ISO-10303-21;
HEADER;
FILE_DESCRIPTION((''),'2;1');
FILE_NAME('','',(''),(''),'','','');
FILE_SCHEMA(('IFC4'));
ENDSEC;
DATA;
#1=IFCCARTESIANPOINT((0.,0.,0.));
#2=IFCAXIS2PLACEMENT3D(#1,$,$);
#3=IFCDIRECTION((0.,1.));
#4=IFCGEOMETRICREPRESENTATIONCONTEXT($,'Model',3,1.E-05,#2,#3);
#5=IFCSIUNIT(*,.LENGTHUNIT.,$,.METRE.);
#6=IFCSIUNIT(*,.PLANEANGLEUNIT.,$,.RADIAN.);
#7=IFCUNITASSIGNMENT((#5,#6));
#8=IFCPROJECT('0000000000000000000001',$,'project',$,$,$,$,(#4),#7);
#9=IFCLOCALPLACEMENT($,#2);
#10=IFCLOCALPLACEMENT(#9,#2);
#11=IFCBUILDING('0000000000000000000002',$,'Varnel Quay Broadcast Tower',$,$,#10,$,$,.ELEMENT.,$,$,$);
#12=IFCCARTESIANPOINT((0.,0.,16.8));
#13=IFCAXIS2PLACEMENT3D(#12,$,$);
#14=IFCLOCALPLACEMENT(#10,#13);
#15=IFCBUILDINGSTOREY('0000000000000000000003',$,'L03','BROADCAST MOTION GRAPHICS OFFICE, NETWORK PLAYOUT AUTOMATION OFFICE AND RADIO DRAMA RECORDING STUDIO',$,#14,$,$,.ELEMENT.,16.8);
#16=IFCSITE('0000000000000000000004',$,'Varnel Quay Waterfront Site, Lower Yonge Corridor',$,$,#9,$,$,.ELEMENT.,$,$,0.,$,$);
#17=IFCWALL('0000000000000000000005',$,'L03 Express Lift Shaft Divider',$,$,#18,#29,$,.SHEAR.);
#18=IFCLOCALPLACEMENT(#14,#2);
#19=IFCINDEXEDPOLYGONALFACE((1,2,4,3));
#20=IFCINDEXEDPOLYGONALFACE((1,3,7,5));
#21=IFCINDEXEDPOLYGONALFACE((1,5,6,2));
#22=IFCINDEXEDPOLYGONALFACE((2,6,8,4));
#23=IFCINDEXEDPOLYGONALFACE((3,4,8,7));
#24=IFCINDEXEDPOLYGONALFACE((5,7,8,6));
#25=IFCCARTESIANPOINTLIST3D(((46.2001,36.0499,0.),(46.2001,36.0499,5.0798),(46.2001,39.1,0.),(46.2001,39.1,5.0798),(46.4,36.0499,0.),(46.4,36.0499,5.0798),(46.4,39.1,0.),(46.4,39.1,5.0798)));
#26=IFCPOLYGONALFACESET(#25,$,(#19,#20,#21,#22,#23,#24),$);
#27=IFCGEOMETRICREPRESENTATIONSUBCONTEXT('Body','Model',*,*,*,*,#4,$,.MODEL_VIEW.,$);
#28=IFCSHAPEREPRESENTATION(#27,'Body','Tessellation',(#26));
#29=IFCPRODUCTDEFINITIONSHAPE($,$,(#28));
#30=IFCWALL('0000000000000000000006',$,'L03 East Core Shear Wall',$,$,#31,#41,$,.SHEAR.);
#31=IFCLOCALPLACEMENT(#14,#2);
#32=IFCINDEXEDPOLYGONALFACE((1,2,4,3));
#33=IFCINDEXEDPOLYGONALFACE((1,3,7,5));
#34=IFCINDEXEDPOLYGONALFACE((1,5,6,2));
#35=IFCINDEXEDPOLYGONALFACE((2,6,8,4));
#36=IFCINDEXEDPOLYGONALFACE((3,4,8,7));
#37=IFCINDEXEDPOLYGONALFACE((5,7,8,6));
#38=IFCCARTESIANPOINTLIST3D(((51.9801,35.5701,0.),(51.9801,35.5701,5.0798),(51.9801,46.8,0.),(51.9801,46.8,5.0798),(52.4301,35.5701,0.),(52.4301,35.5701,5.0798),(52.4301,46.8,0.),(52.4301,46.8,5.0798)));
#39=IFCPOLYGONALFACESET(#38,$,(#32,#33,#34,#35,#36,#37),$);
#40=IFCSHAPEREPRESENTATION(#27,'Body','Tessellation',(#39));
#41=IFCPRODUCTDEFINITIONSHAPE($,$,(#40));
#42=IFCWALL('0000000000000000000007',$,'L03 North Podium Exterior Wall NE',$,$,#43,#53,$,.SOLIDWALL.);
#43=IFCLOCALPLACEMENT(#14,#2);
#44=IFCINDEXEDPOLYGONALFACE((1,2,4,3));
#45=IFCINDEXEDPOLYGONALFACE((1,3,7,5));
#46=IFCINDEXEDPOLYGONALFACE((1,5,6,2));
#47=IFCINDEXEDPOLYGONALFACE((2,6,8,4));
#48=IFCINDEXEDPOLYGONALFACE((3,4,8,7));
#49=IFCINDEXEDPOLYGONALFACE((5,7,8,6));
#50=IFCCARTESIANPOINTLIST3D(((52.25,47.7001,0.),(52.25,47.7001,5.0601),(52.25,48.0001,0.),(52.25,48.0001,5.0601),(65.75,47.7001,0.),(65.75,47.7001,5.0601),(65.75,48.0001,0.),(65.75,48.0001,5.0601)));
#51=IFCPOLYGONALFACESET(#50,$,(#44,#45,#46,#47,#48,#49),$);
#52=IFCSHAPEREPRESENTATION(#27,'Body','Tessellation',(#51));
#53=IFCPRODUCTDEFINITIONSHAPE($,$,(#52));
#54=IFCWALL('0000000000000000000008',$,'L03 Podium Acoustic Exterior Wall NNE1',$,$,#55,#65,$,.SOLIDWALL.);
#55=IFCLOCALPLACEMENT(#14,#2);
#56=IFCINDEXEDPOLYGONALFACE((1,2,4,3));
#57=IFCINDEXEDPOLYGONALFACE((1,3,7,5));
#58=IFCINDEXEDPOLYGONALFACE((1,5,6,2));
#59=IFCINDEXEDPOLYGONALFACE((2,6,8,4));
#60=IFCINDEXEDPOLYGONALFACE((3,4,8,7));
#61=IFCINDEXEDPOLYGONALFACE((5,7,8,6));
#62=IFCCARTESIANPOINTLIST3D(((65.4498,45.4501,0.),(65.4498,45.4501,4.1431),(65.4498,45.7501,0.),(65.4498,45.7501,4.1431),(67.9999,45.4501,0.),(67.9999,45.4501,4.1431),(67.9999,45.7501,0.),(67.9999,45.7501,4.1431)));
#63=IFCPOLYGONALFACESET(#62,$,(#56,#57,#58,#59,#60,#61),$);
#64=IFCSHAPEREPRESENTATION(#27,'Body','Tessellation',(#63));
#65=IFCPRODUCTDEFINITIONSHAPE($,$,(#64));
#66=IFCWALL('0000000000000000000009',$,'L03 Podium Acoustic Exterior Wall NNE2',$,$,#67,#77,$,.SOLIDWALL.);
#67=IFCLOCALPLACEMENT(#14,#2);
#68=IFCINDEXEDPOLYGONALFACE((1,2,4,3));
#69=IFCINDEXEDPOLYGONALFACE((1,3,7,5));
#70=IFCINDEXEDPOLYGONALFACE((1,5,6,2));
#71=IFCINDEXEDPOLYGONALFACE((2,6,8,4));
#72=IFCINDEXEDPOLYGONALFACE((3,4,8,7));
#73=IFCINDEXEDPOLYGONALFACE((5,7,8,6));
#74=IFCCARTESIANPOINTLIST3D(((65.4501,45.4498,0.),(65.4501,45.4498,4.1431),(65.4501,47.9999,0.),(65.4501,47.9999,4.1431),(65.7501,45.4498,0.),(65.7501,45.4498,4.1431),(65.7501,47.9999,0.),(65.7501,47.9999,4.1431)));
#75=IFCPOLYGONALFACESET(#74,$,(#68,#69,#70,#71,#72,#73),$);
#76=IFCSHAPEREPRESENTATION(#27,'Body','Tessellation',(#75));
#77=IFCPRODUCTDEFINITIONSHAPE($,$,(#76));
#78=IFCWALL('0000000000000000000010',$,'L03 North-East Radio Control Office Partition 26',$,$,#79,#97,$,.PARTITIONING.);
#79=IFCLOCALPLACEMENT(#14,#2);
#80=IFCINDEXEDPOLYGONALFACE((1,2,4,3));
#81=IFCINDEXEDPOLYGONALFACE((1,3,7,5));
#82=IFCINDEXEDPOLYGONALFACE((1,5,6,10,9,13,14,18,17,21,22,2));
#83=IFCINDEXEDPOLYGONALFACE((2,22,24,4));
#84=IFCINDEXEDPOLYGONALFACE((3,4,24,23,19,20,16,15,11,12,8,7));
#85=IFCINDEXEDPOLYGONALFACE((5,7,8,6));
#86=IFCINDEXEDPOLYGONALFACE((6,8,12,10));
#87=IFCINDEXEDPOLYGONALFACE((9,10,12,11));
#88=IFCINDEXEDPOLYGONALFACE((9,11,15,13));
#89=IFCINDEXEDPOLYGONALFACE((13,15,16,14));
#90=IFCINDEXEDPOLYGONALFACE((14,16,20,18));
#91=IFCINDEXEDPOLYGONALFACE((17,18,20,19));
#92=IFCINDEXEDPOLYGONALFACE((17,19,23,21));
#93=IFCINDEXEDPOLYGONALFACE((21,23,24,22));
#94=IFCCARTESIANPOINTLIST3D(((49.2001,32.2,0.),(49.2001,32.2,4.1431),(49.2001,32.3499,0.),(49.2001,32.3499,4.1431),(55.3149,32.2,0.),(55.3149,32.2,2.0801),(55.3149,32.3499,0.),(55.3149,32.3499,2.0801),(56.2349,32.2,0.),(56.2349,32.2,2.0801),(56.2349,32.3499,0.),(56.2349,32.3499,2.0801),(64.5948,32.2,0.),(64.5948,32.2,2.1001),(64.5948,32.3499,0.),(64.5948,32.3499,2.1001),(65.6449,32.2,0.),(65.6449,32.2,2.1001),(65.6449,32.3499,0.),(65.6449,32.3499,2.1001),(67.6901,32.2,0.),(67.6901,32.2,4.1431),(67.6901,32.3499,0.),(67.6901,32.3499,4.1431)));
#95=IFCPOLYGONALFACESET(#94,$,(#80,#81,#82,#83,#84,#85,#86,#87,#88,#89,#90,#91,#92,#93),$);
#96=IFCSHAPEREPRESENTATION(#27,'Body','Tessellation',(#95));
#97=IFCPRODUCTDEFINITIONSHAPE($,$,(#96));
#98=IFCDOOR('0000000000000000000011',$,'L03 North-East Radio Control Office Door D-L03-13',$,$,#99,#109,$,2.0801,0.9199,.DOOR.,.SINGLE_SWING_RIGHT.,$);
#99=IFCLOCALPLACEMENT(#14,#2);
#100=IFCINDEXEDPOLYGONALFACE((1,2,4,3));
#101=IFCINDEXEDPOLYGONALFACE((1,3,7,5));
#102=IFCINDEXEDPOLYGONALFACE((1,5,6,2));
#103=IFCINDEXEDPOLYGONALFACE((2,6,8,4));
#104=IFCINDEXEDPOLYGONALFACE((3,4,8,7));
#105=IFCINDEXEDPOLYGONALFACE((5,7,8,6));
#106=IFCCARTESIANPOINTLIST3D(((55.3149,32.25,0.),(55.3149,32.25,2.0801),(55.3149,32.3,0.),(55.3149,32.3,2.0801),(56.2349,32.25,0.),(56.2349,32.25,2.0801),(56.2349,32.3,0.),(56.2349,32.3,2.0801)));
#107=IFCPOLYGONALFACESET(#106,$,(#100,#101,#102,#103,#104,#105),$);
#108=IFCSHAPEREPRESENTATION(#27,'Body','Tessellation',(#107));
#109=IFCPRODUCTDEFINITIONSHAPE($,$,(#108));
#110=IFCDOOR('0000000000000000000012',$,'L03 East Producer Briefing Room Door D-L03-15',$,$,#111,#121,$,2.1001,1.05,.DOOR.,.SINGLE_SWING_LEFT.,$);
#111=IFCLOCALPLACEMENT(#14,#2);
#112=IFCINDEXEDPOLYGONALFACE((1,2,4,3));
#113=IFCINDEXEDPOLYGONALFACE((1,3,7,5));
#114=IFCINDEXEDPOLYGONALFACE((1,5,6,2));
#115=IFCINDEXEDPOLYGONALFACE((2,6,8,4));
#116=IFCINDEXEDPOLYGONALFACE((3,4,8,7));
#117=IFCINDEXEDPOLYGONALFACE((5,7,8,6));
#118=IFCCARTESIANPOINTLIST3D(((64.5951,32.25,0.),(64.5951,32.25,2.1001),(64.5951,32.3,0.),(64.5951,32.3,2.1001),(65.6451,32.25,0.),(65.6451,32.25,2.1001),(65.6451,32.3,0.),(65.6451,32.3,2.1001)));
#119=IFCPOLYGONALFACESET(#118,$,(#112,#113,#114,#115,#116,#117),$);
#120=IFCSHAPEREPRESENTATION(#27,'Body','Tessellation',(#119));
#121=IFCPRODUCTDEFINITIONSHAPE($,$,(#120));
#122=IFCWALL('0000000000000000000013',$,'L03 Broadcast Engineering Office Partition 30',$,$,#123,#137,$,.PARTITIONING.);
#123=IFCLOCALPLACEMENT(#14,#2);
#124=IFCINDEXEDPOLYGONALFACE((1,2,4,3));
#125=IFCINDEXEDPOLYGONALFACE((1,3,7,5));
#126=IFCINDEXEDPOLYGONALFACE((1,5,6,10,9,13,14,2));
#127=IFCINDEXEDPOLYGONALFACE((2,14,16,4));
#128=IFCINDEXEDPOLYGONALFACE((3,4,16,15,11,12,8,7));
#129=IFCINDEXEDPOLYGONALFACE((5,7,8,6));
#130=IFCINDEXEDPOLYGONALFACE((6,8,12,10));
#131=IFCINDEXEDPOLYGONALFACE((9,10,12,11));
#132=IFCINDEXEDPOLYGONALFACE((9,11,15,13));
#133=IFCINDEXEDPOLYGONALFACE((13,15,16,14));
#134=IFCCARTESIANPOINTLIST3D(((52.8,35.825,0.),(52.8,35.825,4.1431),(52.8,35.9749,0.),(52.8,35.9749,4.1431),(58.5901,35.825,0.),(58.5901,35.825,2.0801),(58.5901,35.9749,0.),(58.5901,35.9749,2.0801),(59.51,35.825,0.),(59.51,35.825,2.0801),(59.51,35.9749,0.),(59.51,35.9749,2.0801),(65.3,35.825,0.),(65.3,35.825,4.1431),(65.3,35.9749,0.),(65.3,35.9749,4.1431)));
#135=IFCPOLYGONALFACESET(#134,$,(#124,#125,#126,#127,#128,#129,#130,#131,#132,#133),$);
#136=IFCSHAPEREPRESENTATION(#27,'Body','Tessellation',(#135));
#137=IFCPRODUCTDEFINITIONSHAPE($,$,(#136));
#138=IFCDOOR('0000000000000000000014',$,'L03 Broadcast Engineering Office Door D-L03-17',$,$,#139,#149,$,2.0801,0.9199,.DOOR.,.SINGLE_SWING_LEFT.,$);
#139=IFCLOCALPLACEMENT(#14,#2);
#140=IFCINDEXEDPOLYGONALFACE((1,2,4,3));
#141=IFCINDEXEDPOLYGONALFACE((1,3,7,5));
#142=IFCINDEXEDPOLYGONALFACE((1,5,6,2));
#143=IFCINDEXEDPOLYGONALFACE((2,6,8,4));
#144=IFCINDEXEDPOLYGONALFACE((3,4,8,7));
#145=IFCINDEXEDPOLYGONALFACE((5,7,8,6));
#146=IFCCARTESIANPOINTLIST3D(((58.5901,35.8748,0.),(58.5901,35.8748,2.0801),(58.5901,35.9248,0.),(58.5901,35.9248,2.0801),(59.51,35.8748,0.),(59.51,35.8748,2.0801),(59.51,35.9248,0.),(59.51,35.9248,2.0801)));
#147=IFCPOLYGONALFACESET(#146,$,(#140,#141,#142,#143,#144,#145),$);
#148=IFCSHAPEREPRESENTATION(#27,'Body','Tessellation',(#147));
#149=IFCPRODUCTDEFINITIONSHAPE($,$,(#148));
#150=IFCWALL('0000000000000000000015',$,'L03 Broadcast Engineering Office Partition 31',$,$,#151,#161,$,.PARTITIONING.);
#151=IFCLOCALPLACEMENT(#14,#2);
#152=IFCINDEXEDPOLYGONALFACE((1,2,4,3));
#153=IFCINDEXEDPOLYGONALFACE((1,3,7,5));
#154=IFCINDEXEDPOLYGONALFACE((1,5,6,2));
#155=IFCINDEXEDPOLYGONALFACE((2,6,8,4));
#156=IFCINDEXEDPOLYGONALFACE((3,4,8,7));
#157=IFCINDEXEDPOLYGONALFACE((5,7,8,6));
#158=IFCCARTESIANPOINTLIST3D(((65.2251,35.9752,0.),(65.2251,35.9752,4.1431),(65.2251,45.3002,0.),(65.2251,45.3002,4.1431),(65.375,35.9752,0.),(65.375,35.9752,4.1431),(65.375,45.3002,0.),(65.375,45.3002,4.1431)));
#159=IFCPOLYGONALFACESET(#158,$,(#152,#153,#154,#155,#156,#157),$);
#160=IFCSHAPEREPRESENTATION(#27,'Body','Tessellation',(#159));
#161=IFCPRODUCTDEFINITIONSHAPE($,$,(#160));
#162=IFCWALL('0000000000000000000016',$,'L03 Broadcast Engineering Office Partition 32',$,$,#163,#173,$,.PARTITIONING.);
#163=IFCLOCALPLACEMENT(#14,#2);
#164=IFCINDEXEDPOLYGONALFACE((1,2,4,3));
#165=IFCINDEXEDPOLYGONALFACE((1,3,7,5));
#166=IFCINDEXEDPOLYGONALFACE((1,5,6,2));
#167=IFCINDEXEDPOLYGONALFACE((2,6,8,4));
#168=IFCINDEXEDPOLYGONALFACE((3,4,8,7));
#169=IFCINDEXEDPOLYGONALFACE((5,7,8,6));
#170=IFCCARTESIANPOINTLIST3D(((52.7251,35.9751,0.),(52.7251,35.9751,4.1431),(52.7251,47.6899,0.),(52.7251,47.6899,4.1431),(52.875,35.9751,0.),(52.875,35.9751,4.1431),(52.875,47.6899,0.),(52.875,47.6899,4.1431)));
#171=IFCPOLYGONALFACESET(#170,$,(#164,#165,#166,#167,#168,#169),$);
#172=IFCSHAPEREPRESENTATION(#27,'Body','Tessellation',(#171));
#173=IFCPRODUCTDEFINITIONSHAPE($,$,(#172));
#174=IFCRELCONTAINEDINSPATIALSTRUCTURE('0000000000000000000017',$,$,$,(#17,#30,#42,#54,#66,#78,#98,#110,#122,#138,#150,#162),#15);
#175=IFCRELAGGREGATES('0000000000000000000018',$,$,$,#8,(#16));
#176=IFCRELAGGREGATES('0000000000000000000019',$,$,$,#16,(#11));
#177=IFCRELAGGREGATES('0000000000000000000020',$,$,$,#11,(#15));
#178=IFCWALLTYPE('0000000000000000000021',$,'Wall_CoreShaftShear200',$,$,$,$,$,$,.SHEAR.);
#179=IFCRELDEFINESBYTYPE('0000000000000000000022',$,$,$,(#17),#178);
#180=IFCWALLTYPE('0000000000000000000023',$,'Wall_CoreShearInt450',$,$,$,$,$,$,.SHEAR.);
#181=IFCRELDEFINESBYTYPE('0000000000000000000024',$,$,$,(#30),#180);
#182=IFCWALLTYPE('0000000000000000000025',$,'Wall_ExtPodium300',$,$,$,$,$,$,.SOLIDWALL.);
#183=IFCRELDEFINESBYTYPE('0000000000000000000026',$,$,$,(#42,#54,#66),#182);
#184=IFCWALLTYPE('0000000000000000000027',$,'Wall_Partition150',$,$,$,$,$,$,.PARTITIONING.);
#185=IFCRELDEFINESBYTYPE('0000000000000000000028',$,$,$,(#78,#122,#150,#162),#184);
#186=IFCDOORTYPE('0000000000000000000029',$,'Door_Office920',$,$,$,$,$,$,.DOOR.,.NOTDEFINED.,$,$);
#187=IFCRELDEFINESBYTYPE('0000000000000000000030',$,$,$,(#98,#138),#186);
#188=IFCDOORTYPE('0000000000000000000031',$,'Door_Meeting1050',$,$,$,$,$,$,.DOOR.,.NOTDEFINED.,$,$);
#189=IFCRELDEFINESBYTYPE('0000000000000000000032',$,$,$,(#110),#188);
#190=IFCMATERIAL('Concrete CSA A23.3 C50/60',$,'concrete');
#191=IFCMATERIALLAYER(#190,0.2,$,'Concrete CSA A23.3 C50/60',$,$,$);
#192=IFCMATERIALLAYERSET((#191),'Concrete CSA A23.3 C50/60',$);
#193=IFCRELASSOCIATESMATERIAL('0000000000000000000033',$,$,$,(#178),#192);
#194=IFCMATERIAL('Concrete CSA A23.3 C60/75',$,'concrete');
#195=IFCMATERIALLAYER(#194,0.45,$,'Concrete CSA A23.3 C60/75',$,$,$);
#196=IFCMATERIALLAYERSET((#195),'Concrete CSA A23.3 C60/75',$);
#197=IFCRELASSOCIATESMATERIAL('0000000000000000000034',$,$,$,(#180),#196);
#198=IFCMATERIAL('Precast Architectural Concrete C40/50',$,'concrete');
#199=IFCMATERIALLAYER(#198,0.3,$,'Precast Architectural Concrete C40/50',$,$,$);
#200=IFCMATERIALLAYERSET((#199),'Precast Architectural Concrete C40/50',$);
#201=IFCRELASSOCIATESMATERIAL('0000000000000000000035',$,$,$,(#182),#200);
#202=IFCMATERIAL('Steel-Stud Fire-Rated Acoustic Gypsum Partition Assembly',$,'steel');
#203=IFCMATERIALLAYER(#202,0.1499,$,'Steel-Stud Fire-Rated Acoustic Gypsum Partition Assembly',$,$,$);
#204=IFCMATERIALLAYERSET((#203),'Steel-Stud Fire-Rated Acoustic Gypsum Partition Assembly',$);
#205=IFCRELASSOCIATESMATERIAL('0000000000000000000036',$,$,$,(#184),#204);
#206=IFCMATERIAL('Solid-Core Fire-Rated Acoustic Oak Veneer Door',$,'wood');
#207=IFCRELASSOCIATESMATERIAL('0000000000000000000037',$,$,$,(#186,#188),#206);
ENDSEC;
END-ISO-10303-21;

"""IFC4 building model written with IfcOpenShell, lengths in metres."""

from ifc_helpers import new_model, si_unit, direction, frame, frame_2d, origin, place, context, subcontext, project, spatial, rectangle, extrude, source, transform, mapped, material, layer, layer_set, type_object, type_shapes, element, fill, save


model = new_model("IFC4")

# Units and contexts
model_context = context("Model", 3, precision=1e-05, world=origin(), true_north=direction((0.0, 1.0)))
body_context = subcontext(model_context, "Body", "Model", "MODEL_VIEW")
ifc_project = project(units=[si_unit("LENGTHUNIT", "METRE"), si_unit("PLANEANGLEUNIT", "RADIAN")], contexts=[model_context])

# Site, building, storey
site_placement = place(None, origin())
site = spatial("IfcSite", under=ifc_project, at=site_placement, Name="Varnel Quay Waterfront Site, Lower Yonge Corridor", CompositionType="ELEMENT", RefElevation=0.0)
building_placement = place(site_placement, origin())
building = spatial("IfcBuilding", under=site, at=building_placement, Name="Varnel Quay Broadcast Tower", CompositionType="ELEMENT")
storey_placement = place(building_placement, frame((0.0, 0.0, 16.8)))
storey = spatial("IfcBuildingStorey", under=building, at=storey_placement, Name="L03", Description="BROADCAST MOTION GRAPHICS OFFICE, NETWORK PLAYOUT AUTOMATION OFFICE AND RADIO DRAMA RECORDING STUDIO", CompositionType="ELEMENT", Elevation=16.8)

# Walls
ifc_material_1 = material(Name="Concrete CSA A23.3 C50/60", Category="concrete")
ifc_layer_1 = layer(ifc_material_1, 0.2, Name="Concrete CSA A23.3 C50/60")
ifc_layer_set_1 = layer_set([ifc_layer_1], Name="Concrete CSA A23.3 C50/60")
wall_type_1 = type_object("IfcWallType", Name="Wall_CoreShaftShear200", PredefinedType="SHEAR", material=ifc_layer_set_1)
wall_1_placement = place(storey_placement, frame((46.3, 36.05, 0.0), z_axis=(0.0, 0.0, 1.0), x_axis=(0.0, 1.0, 0.0)))
element("IfcWall", 1, at=wall_1_placement, inside=storey, type_object=wall_type_1, Name="L03 Express Lift Shaft Divider", PredefinedType="SHEAR", context=body_context, shape_type="SweptSolid", body=[
    extrude(rectangle(XDim=3.05, YDim=0.2, at=frame_2d((1.5249, 0.0))), origin(), (0.0, 0.0, 1.0), 5.0798),
])
ifc_material_2 = material(Name="Concrete CSA A23.3 C60/75", Category="concrete")
ifc_layer_2 = layer(ifc_material_2, 0.45, Name="Concrete CSA A23.3 C60/75")
ifc_layer_set_2 = layer_set([ifc_layer_2], Name="Concrete CSA A23.3 C60/75")
wall_type_2 = type_object("IfcWallType", Name="Wall_CoreShearInt450", PredefinedType="SHEAR", material=ifc_layer_set_2)
wall_2_placement = place(storey_placement, frame((52.2051, 35.5701, 0.0), z_axis=(0.0, 0.0, 1.0), x_axis=(0.0, 1.0, 0.0)))
element("IfcWall", 2, at=wall_2_placement, inside=storey, type_object=wall_type_2, Name="L03 East Core Shear Wall", PredefinedType="SHEAR", context=body_context, shape_type="SweptSolid", body=[
    extrude(rectangle(XDim=11.23, YDim=0.45, at=frame_2d((5.615, 0.0))), origin(), (0.0, 0.0, 1.0), 5.0798),
])
ifc_material_3 = material(Name="Precast Architectural Concrete C40/50", Category="concrete")
ifc_layer_3 = layer(ifc_material_3, 0.3, Name="Precast Architectural Concrete C40/50")
ifc_layer_set_3 = layer_set([ifc_layer_3], Name="Precast Architectural Concrete C40/50")
wall_type_3 = type_object("IfcWallType", Name="Wall_ExtPodium300", PredefinedType="SOLIDWALL", material=ifc_layer_set_3)
wall_3_placement = place(storey_placement, frame((52.25, 47.8501, 0.0), z_axis=(0.0, 0.0, 1.0), x_axis=(1.0, 0.0, 0.0)))
element("IfcWall", 3, at=wall_3_placement, inside=storey, type_object=wall_type_3, Name="L03 North Podium Exterior Wall NE", PredefinedType="SOLIDWALL", context=body_context, shape_type="SweptSolid", body=[
    extrude(rectangle(XDim=13.5, YDim=0.3, at=frame_2d((6.75, 0.0))), origin(), (0.0, 0.0, 1.0), 5.0601),
])
for number, where, z_axis, x_axis, name in (
    (4, (65.45, 45.6001, 0.0), (0.0, 0.0, 1.0), (1.0, 0.0, 0.0), "L03 Podium Acoustic Exterior Wall NNE1"),
    (5, (65.6001, 45.45, 0.0), (0.0, 0.0, 1.0), (0.0, 1.0, 0.0), "L03 Podium Acoustic Exterior Wall NNE2"),
):
    element("IfcWall", number, at=place(storey_placement, frame(where, z_axis=z_axis, x_axis=x_axis)), inside=storey, type_object=wall_type_3, Name=name, PredefinedType="SOLIDWALL", context=body_context, shape_type="SweptSolid", body=[
        extrude(rectangle(XDim=2.55, YDim=0.3, at=frame_2d((1.2749, 0.0))), origin(), (0.0, 0.0, 1.0), 4.1431),
    ])

# Wall, openings, doors
ifc_material_4 = material(Name="Steel-Stud Fire-Rated Acoustic Gypsum Partition Assembly", Category="steel")
ifc_layer_4 = layer(ifc_material_4, 0.1499, Name="Steel-Stud Fire-Rated Acoustic Gypsum Partition Assembly")
ifc_layer_set_4 = layer_set([ifc_layer_4], Name="Steel-Stud Fire-Rated Acoustic Gypsum Partition Assembly")
wall_type_4 = type_object("IfcWallType", Name="Wall_Partition150", PredefinedType="PARTITIONING", material=ifc_layer_set_4)
wall_4_placement = place(storey_placement, frame((49.2, 32.2749, 0.0), z_axis=(0.0, 0.0, 1.0), x_axis=(1.0, 0.0, 0.0)))
wall_4 = element("IfcWall", 6, at=wall_4_placement, inside=storey, type_object=wall_type_4, Name="L03 North-East Radio Control Office Partition 26", PredefinedType="PARTITIONING", context=body_context, shape_type="SweptSolid", body=[
    extrude(rectangle(XDim=18.49, YDim=0.1499, at=frame_2d((9.2451, 0.0))), origin(), (0.0, 0.0, 1.0), 4.1431),
])
opening_1_placement = place(wall_4_placement, frame((6.115, 0.0, 0.0)))
opening_1 = element("IfcOpeningElement", 7, at=opening_1_placement, cuts=wall_4, PredefinedType="OPENING", context=body_context, shape_type="SweptSolid", body=[
    extrude(rectangle(XDim=0.9199, YDim=2.0801, at=frame_2d((0.46, 1.04))), frame((0.0, 0.085, 0.0), z_axis=(0.0, -1.0, 0.0), x_axis=(1.0, 0.0, 0.0)), (0.0, 0.0, 1.0), 0.1699),
])
opening_2_placement = place(wall_4_placement, frame((15.395, 0.0, 0.0)))
opening_2 = element("IfcOpeningElement", 8, at=opening_2_placement, cuts=wall_4, PredefinedType="OPENING", context=body_context, shape_type="SweptSolid", body=[
    extrude(rectangle(XDim=1.05, YDim=2.1001, at=frame_2d((0.5249, 1.05))), frame((0.0, 0.085, 0.0), z_axis=(0.0, -1.0, 0.0), x_axis=(1.0, 0.0, 0.0)), (0.0, 0.0, 1.0), 0.1699),
])
ifc_material_5 = material(Name="Solid-Core Fire-Rated Acoustic Oak Veneer Door", Category="wood")
door_type_1 = type_object("IfcDoorType", Name="Door_Office920", OperationType="NOTDEFINED", PredefinedType="DOOR", material=ifc_material_5)
shared_shape_1 = source(origin(), body_context, "Body", "SweptSolid", [
    extrude(rectangle(XDim=0.9199, YDim=2.0801, at=frame_2d((0.46, 1.04))), frame((0.0, 0.0249, 0.0), z_axis=(0.0, -1.0, 0.0), x_axis=(1.0, 0.0, 0.0)), (0.0, 0.0, 1.0), 0.05),
])
type_shapes(door_type_1, [shared_shape_1])
door_1_placement = place(opening_1_placement, frame((0.9199, 0.0, 0.0), z_axis=(0.0, 0.0, 1.0), x_axis=(-1.0, 0.0, 0.0)))
door_1 = element("IfcDoor", 9, at=door_1_placement, inside=storey, type_object=door_type_1, Name="L03 North-East Radio Control Office Door D-L03-13", OperationType="SINGLE_SWING_RIGHT", OverallHeight=2.0801, OverallWidth=0.9199, PredefinedType="DOOR", context=body_context, shape_type="MappedRepresentation", body=[
    mapped(shared_shape_1, transform((0.0, 0.0, 0.0), x_axis=(1.0, 0.0, 0.0), y_axis=(0.0, 1.0, 0.0), z_axis=(0.0, 0.0, 1.0), scale=1.0)),
])
fill(opening_1, door_1)
door_type_2 = type_object("IfcDoorType", Name="Door_Meeting1050", OperationType="NOTDEFINED", PredefinedType="DOOR", material=ifc_material_5)
shared_shape_2 = source(origin(), body_context, "Body", "SweptSolid", [
    extrude(rectangle(XDim=1.05, YDim=2.1001, at=frame_2d((0.5249, 1.05))), frame((0.0, 0.0249, 0.0), z_axis=(0.0, -1.0, 0.0), x_axis=(1.0, 0.0, 0.0)), (0.0, 0.0, 1.0), 0.05),
])
type_shapes(door_type_2, [shared_shape_2])
door_2_placement = place(opening_2_placement, frame((1.05, 0.0, 0.0), z_axis=(0.0, 0.0, 1.0), x_axis=(-1.0, 0.0, 0.0)))
door_2 = element("IfcDoor", 10, at=door_2_placement, inside=storey, type_object=door_type_2, Name="L03 East Producer Briefing Room Door D-L03-15", OperationType="SINGLE_SWING_LEFT", OverallHeight=2.1001, OverallWidth=1.05, PredefinedType="DOOR", context=body_context, shape_type="MappedRepresentation", body=[
    mapped(shared_shape_2, transform((0.0, 0.0, 0.0), x_axis=(1.0, 0.0, 0.0), y_axis=(0.0, 1.0, 0.0), z_axis=(0.0, 0.0, 1.0), scale=1.0)),
])
fill(opening_2, door_2)

# Wall, opening, door
wall_5_placement = place(storey_placement, frame((52.8, 35.8999, 0.0), z_axis=(0.0, 0.0, 1.0), x_axis=(1.0, 0.0, 0.0)))
wall_5 = element("IfcWall", 11, at=wall_5_placement, inside=storey, type_object=wall_type_4, Name="L03 Broadcast Engineering Office Partition 30", PredefinedType="PARTITIONING", context=body_context, shape_type="SweptSolid", body=[
    extrude(rectangle(XDim=12.5, YDim=0.1499, at=frame_2d((6.25, 0.0))), origin(), (0.0, 0.0, 1.0), 4.1431),
])
opening_3_placement = place(wall_5_placement, frame((5.79, 0.0, 0.0)))
opening_3 = element("IfcOpeningElement", 12, at=opening_3_placement, cuts=wall_5, PredefinedType="OPENING", context=body_context, shape_type="SweptSolid", body=[
    extrude(rectangle(XDim=0.9199, YDim=2.0801, at=frame_2d((0.46, 1.04))), frame((0.0, 0.085, 0.0), z_axis=(0.0, -1.0, 0.0), x_axis=(1.0, 0.0, 0.0)), (0.0, 0.0, 1.0), 0.1699),
])
door_3_placement = place(opening_3_placement, origin())
door_3 = element("IfcDoor", 13, at=door_3_placement, inside=storey, type_object=door_type_1, Name="L03 Broadcast Engineering Office Door D-L03-17", OperationType="SINGLE_SWING_LEFT", OverallHeight=2.0801, OverallWidth=0.9199, PredefinedType="DOOR", context=body_context, shape_type="MappedRepresentation", body=[
    mapped(shared_shape_1, transform((0.0, 0.0, 0.0), x_axis=(1.0, 0.0, 0.0), y_axis=(0.0, 1.0, 0.0), z_axis=(0.0, 0.0, 1.0), scale=1.0)),
])
fill(opening_3, door_3)

# Walls
wall_6_placement = place(storey_placement, frame((65.3, 35.9751, 0.0), z_axis=(0.0, 0.0, 1.0), x_axis=(0.0, 1.0, 0.0)))
element("IfcWall", 14, at=wall_6_placement, inside=storey, type_object=wall_type_4, Name="L03 Broadcast Engineering Office Partition 31", PredefinedType="PARTITIONING", context=body_context, shape_type="SweptSolid", body=[
    extrude(rectangle(XDim=9.325, YDim=0.1499, at=frame_2d((4.6626, 0.0))), origin(), (0.0, 0.0, 1.0), 4.1431),
])
wall_7_placement = place(storey_placement, frame((52.8, 35.9751, 0.0), z_axis=(0.0, 0.0, 1.0), x_axis=(0.0, 1.0, 0.0)))
element("IfcWall", 15, at=wall_7_placement, inside=storey, type_object=wall_type_4, Name="L03 Broadcast Engineering Office Partition 32", PredefinedType="PARTITIONING", context=body_context, shape_type="SweptSolid", body=[
    extrude(rectangle(XDim=11.7148, YDim=0.1499, at=frame_2d((5.8574, 0.0))), origin(), (0.0, 0.0, 1.0), 4.1431),
])

save(model, "model.ifc")
